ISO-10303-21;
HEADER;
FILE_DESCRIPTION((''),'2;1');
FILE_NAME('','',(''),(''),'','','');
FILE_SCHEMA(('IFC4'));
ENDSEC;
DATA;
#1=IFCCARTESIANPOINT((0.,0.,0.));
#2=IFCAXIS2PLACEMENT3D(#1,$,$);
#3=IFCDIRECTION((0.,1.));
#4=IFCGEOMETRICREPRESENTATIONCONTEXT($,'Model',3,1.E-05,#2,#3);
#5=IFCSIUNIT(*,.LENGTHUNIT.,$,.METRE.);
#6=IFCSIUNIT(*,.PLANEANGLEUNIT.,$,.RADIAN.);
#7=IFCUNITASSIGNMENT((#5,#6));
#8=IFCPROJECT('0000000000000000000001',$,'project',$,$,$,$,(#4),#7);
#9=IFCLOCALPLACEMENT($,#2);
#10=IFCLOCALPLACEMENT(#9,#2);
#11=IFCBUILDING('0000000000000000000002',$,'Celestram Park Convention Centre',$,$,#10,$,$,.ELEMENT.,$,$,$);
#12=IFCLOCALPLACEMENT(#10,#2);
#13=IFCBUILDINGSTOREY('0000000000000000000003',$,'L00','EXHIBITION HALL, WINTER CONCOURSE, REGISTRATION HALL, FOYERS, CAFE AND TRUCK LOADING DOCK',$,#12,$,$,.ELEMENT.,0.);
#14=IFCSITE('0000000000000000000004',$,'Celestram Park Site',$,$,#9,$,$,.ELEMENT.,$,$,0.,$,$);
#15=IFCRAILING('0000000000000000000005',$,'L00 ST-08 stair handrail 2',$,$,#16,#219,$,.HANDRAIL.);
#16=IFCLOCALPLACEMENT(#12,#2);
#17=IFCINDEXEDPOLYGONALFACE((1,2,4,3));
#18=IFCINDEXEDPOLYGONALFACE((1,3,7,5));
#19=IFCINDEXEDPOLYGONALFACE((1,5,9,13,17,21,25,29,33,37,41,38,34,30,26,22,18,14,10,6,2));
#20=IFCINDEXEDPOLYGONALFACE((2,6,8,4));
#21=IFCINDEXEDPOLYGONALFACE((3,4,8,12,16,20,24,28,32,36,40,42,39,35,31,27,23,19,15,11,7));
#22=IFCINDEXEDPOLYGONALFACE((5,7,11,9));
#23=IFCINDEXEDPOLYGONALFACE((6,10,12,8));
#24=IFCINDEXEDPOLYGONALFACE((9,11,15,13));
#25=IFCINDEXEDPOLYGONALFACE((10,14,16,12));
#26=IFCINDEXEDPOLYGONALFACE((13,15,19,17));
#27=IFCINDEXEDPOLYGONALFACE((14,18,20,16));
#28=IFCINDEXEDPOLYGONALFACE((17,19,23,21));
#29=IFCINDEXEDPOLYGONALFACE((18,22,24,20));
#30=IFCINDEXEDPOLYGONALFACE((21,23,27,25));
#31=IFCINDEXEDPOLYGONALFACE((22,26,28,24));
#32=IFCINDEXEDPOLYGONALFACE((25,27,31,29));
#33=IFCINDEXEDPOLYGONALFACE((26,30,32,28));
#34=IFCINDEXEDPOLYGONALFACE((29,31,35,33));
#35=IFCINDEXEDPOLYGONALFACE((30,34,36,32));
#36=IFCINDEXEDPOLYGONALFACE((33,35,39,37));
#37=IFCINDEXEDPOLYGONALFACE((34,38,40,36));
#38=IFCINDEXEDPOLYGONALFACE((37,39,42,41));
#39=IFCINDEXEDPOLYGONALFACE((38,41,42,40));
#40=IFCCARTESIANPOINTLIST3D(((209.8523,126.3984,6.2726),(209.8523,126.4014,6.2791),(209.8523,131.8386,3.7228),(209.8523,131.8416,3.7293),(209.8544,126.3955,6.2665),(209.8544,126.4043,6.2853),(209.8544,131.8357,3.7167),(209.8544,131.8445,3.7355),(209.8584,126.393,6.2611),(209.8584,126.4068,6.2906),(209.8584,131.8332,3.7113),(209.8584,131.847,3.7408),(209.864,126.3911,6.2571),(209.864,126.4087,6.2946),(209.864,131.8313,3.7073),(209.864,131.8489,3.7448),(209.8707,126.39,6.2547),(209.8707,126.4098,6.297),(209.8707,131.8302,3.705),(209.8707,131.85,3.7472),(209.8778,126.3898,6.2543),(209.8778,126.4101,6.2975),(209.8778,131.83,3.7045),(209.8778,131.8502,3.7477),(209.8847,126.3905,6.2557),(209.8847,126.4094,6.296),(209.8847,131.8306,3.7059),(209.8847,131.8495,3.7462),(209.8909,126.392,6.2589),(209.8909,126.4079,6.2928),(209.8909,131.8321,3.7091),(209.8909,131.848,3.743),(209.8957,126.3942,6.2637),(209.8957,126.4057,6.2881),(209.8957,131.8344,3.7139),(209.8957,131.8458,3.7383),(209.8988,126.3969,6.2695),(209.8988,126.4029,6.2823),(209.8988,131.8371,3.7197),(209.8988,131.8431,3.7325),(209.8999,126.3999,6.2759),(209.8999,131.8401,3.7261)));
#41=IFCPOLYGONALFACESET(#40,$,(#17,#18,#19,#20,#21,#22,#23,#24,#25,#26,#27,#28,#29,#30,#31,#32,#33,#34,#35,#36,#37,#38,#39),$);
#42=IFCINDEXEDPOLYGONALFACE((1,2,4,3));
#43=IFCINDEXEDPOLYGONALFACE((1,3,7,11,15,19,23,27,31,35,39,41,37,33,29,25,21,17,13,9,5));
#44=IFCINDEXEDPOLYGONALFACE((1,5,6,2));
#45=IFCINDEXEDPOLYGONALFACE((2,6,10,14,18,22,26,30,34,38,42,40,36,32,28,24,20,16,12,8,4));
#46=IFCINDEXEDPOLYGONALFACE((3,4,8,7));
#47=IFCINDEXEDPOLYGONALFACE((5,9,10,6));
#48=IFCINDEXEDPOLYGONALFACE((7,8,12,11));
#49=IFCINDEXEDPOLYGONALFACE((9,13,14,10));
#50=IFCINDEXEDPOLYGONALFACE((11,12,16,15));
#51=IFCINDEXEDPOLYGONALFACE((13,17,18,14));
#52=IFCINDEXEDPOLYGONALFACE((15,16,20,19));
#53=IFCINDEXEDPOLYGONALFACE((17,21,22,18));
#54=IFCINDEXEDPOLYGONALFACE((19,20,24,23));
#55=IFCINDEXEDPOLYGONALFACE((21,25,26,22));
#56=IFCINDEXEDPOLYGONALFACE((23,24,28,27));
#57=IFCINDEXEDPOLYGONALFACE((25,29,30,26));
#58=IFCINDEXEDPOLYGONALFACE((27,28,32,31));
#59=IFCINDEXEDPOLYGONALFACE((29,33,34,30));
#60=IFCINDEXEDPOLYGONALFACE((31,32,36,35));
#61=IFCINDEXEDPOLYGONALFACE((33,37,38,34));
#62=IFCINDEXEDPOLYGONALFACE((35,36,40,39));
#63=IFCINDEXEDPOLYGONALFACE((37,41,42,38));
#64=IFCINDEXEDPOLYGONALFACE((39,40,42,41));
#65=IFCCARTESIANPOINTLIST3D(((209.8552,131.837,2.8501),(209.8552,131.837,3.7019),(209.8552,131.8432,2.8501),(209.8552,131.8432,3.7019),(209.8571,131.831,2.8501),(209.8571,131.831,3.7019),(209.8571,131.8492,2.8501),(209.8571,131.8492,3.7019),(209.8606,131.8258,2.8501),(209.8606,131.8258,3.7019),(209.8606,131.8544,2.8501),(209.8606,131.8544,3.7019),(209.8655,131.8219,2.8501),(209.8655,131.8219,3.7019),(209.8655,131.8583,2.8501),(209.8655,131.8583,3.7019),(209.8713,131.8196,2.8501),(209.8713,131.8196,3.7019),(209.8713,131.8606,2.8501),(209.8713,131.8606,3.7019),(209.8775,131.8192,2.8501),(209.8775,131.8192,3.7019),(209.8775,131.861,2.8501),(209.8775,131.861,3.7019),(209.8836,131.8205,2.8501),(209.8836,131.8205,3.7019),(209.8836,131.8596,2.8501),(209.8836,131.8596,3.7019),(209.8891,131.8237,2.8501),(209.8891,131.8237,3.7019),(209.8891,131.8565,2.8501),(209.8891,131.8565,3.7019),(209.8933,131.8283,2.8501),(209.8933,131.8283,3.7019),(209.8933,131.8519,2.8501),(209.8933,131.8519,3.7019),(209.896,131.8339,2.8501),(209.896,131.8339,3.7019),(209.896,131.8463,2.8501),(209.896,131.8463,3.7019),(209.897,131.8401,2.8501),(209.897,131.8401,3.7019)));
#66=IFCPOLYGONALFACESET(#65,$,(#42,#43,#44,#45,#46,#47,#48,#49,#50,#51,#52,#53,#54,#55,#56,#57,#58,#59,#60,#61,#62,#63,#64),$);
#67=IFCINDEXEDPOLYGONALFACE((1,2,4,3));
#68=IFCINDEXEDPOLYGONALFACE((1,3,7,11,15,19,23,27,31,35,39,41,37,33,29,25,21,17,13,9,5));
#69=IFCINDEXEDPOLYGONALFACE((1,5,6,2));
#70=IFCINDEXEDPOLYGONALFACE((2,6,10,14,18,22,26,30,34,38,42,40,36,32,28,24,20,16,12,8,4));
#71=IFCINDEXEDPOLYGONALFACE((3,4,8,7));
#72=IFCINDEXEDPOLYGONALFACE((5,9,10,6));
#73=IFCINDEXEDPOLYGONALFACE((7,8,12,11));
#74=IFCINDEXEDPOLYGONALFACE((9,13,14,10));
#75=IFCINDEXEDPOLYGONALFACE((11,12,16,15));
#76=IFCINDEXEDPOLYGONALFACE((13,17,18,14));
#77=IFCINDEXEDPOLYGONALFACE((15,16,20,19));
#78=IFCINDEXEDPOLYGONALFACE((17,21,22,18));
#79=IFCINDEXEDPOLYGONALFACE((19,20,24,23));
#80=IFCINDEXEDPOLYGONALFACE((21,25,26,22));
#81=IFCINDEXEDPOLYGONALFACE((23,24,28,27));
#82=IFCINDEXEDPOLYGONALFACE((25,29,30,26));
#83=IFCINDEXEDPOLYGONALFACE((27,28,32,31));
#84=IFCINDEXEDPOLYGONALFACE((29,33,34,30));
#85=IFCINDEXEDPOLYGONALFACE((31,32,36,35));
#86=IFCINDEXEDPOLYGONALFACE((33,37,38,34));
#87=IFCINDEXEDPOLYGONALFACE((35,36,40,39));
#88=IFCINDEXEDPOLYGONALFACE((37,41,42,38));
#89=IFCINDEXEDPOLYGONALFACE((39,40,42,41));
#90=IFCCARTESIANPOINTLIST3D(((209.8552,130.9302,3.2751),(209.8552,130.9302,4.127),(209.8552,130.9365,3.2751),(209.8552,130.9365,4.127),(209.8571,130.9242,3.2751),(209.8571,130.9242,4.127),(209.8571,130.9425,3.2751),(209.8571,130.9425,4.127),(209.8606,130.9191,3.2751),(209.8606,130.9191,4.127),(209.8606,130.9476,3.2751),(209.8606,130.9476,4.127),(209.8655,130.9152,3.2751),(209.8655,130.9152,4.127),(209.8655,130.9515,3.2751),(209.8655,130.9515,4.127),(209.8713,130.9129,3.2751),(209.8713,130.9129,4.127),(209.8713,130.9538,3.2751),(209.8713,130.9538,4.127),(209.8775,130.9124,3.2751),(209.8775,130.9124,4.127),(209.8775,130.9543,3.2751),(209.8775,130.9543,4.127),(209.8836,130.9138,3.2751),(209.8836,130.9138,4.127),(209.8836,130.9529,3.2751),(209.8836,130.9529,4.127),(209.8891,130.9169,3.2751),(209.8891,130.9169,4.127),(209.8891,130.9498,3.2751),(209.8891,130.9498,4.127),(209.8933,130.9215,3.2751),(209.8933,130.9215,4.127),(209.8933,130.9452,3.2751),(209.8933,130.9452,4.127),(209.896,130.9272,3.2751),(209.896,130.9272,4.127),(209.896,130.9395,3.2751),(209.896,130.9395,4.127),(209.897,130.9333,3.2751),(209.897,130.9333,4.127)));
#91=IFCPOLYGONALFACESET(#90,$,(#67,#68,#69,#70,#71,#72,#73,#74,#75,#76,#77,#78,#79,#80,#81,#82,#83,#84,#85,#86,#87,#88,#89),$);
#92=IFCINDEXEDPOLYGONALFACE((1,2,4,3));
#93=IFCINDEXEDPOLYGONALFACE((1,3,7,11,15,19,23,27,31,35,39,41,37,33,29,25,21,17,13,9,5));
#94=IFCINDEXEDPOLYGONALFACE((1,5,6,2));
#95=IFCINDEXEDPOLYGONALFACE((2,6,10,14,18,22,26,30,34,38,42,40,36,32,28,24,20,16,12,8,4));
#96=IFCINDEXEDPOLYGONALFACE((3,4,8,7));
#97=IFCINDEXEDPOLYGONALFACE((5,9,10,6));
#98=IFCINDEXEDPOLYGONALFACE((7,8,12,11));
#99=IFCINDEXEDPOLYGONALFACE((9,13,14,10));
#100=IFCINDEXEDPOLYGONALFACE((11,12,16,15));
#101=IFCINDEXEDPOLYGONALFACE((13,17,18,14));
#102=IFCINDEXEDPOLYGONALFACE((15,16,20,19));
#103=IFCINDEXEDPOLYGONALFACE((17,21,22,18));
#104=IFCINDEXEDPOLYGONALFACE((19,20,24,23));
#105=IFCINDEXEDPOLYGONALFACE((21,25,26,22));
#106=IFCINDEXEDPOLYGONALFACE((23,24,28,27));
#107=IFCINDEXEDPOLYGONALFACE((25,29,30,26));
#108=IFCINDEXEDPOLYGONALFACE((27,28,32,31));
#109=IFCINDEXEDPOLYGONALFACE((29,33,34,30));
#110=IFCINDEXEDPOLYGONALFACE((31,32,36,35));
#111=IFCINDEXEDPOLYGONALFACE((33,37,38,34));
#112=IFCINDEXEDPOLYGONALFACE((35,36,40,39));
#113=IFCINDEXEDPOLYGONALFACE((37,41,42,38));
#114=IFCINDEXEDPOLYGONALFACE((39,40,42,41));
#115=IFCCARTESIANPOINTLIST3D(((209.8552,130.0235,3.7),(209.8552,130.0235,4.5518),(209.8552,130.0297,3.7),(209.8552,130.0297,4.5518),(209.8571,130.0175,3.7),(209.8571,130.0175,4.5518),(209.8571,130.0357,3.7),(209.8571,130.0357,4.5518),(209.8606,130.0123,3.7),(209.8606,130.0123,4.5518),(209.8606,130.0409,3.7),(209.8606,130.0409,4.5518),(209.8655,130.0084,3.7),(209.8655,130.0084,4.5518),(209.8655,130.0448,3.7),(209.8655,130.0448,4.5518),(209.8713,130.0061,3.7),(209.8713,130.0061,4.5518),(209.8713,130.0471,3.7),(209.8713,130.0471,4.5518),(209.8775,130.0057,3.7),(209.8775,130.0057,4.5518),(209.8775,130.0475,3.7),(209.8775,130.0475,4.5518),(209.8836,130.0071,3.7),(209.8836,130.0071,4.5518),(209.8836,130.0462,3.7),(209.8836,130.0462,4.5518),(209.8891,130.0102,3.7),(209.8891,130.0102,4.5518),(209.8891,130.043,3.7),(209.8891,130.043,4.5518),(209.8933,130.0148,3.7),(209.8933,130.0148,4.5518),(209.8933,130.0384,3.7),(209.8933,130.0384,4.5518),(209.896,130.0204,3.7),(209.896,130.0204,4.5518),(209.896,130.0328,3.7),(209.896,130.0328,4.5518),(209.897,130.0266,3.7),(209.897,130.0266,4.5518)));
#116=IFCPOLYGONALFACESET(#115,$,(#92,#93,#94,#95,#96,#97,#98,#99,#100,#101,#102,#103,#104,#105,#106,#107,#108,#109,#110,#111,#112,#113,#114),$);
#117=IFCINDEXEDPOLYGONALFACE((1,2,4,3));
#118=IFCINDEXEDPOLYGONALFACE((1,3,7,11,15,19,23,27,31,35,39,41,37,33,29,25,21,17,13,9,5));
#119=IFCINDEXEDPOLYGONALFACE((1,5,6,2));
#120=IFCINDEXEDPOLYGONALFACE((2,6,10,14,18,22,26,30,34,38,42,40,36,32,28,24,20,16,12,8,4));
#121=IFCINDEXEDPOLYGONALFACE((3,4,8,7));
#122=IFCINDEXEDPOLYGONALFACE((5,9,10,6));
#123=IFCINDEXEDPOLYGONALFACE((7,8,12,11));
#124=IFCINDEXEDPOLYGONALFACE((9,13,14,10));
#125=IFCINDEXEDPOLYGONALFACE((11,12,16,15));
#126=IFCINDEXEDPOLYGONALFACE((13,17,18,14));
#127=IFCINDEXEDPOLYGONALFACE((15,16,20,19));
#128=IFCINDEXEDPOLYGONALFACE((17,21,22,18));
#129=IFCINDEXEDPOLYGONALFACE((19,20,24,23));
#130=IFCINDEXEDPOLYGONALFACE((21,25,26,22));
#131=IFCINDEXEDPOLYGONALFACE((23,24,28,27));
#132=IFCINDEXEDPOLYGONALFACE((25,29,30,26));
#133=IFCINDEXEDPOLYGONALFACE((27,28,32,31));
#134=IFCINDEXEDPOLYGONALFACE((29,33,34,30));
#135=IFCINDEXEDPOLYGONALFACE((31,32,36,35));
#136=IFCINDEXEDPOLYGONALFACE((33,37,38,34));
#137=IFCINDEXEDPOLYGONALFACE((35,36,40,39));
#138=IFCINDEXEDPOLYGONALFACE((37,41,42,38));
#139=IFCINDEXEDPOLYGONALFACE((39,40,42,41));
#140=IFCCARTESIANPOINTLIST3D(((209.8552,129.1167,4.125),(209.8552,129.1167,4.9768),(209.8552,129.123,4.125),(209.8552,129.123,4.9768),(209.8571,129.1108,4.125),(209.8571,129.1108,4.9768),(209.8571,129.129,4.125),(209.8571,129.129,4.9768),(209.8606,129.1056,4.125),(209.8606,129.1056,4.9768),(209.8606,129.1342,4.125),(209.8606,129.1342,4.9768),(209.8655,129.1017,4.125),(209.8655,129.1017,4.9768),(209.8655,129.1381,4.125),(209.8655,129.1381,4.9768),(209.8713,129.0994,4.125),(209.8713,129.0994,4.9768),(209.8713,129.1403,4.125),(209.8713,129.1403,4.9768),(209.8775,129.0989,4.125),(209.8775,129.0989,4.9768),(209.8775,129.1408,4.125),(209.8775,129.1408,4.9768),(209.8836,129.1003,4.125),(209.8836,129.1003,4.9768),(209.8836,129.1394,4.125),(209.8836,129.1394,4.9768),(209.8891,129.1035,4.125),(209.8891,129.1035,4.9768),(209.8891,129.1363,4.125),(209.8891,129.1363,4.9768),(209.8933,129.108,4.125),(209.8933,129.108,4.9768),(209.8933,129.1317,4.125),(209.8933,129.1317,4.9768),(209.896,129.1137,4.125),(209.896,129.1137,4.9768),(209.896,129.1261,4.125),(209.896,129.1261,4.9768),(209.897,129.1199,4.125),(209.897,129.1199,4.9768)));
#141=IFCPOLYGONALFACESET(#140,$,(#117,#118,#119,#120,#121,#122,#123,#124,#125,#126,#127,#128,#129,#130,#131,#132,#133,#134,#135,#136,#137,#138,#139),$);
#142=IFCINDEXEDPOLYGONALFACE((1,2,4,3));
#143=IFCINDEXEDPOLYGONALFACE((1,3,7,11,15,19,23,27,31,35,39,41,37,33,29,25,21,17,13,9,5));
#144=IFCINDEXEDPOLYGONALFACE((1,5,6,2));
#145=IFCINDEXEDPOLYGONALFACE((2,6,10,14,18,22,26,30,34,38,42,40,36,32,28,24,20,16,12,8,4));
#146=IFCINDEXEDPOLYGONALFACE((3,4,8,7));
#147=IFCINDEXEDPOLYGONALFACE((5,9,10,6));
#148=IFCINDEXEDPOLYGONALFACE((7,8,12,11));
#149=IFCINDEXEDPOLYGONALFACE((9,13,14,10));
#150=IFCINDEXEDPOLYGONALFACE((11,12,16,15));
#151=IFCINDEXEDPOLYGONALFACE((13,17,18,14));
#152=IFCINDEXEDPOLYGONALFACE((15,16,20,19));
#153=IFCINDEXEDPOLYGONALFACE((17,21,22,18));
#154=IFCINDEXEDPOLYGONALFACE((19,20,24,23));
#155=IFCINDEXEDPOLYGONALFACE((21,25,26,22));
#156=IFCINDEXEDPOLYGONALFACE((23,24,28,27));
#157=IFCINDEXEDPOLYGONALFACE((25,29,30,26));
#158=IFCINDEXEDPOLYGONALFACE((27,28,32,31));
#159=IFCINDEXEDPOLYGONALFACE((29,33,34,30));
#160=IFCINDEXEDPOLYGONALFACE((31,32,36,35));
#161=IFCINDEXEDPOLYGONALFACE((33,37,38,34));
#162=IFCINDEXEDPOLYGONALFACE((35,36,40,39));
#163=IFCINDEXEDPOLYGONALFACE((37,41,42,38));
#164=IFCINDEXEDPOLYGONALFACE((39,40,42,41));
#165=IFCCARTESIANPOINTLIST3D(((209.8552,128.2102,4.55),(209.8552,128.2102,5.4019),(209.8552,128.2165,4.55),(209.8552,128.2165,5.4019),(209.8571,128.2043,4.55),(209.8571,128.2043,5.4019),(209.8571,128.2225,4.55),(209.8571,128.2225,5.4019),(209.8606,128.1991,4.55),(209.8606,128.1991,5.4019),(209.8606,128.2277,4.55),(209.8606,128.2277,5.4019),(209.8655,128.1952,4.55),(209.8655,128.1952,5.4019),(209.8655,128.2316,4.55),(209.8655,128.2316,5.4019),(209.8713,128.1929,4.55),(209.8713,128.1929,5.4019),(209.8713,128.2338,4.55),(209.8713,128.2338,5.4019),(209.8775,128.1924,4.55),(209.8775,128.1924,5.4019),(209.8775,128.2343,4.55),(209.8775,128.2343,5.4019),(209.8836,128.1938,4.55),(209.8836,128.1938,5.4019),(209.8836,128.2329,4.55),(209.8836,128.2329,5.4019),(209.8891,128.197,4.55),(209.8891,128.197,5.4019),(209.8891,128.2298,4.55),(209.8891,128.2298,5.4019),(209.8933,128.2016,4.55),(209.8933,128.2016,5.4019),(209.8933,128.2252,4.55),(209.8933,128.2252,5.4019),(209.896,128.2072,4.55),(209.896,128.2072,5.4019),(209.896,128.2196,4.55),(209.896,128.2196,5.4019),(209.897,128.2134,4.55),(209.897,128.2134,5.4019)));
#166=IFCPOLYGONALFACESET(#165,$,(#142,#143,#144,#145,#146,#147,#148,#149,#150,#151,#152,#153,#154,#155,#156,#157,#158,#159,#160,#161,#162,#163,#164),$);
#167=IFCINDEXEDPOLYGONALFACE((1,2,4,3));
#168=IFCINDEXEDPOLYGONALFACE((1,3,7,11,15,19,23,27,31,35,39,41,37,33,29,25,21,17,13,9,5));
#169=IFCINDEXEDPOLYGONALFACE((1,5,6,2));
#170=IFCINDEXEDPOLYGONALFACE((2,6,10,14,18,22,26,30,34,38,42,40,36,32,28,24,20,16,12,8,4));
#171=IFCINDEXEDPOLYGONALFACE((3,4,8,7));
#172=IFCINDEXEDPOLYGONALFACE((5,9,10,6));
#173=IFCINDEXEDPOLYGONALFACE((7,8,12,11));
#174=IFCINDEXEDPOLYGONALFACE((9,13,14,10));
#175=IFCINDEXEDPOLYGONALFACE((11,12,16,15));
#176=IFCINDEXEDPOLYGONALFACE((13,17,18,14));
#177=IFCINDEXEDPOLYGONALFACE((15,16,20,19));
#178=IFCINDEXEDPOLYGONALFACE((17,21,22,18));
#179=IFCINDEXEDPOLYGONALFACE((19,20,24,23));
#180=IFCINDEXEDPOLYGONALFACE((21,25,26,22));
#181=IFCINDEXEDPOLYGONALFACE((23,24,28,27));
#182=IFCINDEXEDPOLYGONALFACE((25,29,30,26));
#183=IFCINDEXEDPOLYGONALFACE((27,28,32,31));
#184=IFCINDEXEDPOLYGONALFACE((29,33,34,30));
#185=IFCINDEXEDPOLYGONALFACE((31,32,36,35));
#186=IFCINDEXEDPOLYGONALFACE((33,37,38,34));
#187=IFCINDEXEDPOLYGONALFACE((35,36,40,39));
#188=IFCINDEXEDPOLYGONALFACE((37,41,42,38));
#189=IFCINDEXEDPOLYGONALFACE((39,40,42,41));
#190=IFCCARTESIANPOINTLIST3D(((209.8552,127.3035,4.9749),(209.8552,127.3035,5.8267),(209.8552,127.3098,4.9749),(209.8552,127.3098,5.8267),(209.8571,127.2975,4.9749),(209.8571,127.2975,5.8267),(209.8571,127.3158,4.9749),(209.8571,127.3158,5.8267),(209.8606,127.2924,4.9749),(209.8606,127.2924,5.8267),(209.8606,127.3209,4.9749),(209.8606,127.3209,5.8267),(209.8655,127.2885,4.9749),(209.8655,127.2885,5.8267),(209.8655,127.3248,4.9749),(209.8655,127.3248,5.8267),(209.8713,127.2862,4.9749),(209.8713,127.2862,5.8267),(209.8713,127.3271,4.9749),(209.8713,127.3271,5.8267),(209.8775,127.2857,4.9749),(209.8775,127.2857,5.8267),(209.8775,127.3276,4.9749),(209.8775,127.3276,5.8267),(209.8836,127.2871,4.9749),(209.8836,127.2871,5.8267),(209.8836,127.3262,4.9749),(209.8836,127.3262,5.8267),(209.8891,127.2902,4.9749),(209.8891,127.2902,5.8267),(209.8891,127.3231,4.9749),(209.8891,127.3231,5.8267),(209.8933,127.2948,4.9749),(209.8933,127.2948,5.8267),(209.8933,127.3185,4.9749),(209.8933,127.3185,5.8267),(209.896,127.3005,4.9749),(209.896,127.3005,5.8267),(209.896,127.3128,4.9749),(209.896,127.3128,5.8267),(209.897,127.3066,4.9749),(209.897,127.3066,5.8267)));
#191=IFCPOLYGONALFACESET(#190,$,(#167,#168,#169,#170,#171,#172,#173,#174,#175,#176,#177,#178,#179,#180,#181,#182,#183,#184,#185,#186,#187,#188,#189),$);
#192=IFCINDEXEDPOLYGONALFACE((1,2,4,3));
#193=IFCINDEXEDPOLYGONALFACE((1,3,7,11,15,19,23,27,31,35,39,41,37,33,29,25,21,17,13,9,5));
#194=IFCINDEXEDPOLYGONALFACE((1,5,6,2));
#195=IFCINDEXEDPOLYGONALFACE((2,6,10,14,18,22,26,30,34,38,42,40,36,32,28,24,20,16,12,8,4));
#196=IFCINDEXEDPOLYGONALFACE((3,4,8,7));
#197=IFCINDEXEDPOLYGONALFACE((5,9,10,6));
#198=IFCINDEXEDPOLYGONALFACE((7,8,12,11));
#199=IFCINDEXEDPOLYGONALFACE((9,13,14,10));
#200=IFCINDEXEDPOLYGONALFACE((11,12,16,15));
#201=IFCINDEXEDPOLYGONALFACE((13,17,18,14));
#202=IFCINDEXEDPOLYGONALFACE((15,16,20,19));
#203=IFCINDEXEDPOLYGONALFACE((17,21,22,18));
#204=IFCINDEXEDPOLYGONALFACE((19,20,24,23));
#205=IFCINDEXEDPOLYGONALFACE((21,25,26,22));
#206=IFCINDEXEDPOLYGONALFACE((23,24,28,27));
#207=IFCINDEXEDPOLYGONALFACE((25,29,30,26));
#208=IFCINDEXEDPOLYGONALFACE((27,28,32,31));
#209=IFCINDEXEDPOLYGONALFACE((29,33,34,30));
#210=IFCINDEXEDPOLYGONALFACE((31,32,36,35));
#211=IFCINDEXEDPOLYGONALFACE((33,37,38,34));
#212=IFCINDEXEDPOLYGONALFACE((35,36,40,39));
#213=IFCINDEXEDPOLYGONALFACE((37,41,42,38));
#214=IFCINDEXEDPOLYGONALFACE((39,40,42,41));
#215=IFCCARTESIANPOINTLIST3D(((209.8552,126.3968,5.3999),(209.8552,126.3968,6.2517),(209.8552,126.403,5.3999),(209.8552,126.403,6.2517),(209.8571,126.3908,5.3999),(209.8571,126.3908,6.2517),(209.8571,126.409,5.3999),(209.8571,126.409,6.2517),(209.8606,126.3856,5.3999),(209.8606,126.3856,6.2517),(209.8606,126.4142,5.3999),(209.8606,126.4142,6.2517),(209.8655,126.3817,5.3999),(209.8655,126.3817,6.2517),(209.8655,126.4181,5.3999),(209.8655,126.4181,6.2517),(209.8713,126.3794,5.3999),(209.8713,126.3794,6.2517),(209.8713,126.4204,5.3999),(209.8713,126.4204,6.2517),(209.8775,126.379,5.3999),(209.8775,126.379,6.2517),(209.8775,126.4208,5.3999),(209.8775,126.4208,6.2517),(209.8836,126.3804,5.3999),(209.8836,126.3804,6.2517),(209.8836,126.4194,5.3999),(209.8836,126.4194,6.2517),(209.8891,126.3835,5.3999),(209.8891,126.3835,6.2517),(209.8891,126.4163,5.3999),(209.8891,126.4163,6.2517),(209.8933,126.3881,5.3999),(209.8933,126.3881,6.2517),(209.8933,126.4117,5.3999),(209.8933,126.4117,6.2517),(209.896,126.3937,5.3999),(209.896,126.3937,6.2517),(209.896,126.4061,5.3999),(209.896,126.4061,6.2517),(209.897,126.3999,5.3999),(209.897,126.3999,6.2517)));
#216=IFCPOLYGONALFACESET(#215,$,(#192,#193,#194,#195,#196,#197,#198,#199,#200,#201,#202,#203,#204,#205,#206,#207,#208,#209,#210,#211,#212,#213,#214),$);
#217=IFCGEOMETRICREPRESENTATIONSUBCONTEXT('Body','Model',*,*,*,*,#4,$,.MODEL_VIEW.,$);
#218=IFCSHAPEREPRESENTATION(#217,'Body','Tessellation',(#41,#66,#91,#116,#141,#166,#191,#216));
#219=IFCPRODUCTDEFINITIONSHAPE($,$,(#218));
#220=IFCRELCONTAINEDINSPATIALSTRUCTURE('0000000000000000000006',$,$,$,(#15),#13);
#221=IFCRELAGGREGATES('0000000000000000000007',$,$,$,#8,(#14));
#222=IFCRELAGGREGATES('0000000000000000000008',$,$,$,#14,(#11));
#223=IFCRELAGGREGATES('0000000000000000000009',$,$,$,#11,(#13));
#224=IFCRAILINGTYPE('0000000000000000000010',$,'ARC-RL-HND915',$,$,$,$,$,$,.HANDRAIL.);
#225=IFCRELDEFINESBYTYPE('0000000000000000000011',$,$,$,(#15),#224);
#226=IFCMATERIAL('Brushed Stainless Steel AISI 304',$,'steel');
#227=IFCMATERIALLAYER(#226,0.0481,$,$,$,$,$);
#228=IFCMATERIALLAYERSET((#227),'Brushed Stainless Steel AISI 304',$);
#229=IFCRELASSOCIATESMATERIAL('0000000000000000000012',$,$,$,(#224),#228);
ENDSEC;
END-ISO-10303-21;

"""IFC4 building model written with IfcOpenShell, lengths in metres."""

from ifc_helpers import new_model, si_unit, direction, frame, origin, origin_2d, place, context, subcontext, project, spatial, circle, extrude, material, layer, layer_set, type_object, element, save


model = new_model("IFC4")

# Units and contexts
model_context = context("Model", 3, precision=1e-05, world=origin(), true_north=direction((0.0, 1.0)))
body_context = subcontext(model_context, "Body", "Model", "MODEL_VIEW")
ifc_project = project(units=[si_unit("LENGTHUNIT", "METRE"), si_unit("PLANEANGLEUNIT", "RADIAN")], contexts=[model_context])

# Site, building, storey
site_placement = place(None, origin())
site = spatial("IfcSite", under=ifc_project, at=site_placement, Name="Celestram Park Site", CompositionType="ELEMENT", RefElevation=0.0)
building_placement = place(site_placement, origin())
building = spatial("IfcBuilding", under=site, at=building_placement, Name="Celestram Park Convention Centre", CompositionType="ELEMENT")
storey_placement = place(building_placement, origin())
storey = spatial("IfcBuildingStorey", under=building, at=storey_placement, Name="L00", Description="EXHIBITION HALL, WINTER CONCOURSE, REGISTRATION HALL, FOYERS, CAFE AND TRUCK LOADING DOCK", CompositionType="ELEMENT", Elevation=0.0)

# Railing
ifc_material_1 = material(Name="Brushed Stainless Steel AISI 304", Category="steel")
ifc_layer_1 = layer(ifc_material_1, 0.0481)
ifc_layer_set_1 = layer_set([ifc_layer_1], Name="Brushed Stainless Steel AISI 304")
railing_type_1 = type_object("IfcRailingType", Name="ARC-RL-HND915", PredefinedType="HANDRAIL", material=ifc_layer_set_1)
railing_1_placement = place(storey_placement, frame((209.876, 131.8401, 2.8501)))
element("IfcRailing", 1, at=railing_1_placement, inside=storey, type_object=railing_type_1, Name="L00 ST-08 stair handrail 2", PredefinedType="HANDRAIL", context=body_context, shape_type="SweptSolid", body=[
    extrude(circle(Radius=0.0239, at=origin_2d()), frame((0.0, 0.0, 0.876), z_axis=(0.0, -0.905477, 0.424395), x_axis=(1.0, 0.0, 0.0)), (0.0, 0.0, 1.0), 6.0081),
    extrude(circle(Radius=0.021, at=origin_2d()), origin(), (0.0, 0.0, 1.0), 0.8518),
    extrude(circle(Radius=0.021, at=origin_2d()), frame((0.0, -0.9067, 0.425)), (0.0, 0.0, 1.0), 0.8518),
    extrude(circle(Radius=0.021, at=origin_2d()), frame((0.0, -1.8135, 0.8499)), (0.0, 0.0, 1.0), 0.8518),
    extrude(circle(Radius=0.021, at=origin_2d()), frame((0.0, -2.7202, 1.2749)), (0.0, 0.0, 1.0), 0.8518),
    extrude(circle(Radius=0.021, at=origin_2d()), frame((0.0, -3.6267, 1.7)), (0.0, 0.0, 1.0), 0.8518),
    extrude(circle(Radius=0.021, at=origin_2d()), frame((0.0, -4.5334, 2.1248)), (0.0, 0.0, 1.0), 0.8518),
    extrude(circle(Radius=0.021, at=origin_2d()), frame((0.0, -5.4402, 2.5498)), (0.0, 0.0, 1.0), 0.8518),
])

save(model, "model.ifc")
